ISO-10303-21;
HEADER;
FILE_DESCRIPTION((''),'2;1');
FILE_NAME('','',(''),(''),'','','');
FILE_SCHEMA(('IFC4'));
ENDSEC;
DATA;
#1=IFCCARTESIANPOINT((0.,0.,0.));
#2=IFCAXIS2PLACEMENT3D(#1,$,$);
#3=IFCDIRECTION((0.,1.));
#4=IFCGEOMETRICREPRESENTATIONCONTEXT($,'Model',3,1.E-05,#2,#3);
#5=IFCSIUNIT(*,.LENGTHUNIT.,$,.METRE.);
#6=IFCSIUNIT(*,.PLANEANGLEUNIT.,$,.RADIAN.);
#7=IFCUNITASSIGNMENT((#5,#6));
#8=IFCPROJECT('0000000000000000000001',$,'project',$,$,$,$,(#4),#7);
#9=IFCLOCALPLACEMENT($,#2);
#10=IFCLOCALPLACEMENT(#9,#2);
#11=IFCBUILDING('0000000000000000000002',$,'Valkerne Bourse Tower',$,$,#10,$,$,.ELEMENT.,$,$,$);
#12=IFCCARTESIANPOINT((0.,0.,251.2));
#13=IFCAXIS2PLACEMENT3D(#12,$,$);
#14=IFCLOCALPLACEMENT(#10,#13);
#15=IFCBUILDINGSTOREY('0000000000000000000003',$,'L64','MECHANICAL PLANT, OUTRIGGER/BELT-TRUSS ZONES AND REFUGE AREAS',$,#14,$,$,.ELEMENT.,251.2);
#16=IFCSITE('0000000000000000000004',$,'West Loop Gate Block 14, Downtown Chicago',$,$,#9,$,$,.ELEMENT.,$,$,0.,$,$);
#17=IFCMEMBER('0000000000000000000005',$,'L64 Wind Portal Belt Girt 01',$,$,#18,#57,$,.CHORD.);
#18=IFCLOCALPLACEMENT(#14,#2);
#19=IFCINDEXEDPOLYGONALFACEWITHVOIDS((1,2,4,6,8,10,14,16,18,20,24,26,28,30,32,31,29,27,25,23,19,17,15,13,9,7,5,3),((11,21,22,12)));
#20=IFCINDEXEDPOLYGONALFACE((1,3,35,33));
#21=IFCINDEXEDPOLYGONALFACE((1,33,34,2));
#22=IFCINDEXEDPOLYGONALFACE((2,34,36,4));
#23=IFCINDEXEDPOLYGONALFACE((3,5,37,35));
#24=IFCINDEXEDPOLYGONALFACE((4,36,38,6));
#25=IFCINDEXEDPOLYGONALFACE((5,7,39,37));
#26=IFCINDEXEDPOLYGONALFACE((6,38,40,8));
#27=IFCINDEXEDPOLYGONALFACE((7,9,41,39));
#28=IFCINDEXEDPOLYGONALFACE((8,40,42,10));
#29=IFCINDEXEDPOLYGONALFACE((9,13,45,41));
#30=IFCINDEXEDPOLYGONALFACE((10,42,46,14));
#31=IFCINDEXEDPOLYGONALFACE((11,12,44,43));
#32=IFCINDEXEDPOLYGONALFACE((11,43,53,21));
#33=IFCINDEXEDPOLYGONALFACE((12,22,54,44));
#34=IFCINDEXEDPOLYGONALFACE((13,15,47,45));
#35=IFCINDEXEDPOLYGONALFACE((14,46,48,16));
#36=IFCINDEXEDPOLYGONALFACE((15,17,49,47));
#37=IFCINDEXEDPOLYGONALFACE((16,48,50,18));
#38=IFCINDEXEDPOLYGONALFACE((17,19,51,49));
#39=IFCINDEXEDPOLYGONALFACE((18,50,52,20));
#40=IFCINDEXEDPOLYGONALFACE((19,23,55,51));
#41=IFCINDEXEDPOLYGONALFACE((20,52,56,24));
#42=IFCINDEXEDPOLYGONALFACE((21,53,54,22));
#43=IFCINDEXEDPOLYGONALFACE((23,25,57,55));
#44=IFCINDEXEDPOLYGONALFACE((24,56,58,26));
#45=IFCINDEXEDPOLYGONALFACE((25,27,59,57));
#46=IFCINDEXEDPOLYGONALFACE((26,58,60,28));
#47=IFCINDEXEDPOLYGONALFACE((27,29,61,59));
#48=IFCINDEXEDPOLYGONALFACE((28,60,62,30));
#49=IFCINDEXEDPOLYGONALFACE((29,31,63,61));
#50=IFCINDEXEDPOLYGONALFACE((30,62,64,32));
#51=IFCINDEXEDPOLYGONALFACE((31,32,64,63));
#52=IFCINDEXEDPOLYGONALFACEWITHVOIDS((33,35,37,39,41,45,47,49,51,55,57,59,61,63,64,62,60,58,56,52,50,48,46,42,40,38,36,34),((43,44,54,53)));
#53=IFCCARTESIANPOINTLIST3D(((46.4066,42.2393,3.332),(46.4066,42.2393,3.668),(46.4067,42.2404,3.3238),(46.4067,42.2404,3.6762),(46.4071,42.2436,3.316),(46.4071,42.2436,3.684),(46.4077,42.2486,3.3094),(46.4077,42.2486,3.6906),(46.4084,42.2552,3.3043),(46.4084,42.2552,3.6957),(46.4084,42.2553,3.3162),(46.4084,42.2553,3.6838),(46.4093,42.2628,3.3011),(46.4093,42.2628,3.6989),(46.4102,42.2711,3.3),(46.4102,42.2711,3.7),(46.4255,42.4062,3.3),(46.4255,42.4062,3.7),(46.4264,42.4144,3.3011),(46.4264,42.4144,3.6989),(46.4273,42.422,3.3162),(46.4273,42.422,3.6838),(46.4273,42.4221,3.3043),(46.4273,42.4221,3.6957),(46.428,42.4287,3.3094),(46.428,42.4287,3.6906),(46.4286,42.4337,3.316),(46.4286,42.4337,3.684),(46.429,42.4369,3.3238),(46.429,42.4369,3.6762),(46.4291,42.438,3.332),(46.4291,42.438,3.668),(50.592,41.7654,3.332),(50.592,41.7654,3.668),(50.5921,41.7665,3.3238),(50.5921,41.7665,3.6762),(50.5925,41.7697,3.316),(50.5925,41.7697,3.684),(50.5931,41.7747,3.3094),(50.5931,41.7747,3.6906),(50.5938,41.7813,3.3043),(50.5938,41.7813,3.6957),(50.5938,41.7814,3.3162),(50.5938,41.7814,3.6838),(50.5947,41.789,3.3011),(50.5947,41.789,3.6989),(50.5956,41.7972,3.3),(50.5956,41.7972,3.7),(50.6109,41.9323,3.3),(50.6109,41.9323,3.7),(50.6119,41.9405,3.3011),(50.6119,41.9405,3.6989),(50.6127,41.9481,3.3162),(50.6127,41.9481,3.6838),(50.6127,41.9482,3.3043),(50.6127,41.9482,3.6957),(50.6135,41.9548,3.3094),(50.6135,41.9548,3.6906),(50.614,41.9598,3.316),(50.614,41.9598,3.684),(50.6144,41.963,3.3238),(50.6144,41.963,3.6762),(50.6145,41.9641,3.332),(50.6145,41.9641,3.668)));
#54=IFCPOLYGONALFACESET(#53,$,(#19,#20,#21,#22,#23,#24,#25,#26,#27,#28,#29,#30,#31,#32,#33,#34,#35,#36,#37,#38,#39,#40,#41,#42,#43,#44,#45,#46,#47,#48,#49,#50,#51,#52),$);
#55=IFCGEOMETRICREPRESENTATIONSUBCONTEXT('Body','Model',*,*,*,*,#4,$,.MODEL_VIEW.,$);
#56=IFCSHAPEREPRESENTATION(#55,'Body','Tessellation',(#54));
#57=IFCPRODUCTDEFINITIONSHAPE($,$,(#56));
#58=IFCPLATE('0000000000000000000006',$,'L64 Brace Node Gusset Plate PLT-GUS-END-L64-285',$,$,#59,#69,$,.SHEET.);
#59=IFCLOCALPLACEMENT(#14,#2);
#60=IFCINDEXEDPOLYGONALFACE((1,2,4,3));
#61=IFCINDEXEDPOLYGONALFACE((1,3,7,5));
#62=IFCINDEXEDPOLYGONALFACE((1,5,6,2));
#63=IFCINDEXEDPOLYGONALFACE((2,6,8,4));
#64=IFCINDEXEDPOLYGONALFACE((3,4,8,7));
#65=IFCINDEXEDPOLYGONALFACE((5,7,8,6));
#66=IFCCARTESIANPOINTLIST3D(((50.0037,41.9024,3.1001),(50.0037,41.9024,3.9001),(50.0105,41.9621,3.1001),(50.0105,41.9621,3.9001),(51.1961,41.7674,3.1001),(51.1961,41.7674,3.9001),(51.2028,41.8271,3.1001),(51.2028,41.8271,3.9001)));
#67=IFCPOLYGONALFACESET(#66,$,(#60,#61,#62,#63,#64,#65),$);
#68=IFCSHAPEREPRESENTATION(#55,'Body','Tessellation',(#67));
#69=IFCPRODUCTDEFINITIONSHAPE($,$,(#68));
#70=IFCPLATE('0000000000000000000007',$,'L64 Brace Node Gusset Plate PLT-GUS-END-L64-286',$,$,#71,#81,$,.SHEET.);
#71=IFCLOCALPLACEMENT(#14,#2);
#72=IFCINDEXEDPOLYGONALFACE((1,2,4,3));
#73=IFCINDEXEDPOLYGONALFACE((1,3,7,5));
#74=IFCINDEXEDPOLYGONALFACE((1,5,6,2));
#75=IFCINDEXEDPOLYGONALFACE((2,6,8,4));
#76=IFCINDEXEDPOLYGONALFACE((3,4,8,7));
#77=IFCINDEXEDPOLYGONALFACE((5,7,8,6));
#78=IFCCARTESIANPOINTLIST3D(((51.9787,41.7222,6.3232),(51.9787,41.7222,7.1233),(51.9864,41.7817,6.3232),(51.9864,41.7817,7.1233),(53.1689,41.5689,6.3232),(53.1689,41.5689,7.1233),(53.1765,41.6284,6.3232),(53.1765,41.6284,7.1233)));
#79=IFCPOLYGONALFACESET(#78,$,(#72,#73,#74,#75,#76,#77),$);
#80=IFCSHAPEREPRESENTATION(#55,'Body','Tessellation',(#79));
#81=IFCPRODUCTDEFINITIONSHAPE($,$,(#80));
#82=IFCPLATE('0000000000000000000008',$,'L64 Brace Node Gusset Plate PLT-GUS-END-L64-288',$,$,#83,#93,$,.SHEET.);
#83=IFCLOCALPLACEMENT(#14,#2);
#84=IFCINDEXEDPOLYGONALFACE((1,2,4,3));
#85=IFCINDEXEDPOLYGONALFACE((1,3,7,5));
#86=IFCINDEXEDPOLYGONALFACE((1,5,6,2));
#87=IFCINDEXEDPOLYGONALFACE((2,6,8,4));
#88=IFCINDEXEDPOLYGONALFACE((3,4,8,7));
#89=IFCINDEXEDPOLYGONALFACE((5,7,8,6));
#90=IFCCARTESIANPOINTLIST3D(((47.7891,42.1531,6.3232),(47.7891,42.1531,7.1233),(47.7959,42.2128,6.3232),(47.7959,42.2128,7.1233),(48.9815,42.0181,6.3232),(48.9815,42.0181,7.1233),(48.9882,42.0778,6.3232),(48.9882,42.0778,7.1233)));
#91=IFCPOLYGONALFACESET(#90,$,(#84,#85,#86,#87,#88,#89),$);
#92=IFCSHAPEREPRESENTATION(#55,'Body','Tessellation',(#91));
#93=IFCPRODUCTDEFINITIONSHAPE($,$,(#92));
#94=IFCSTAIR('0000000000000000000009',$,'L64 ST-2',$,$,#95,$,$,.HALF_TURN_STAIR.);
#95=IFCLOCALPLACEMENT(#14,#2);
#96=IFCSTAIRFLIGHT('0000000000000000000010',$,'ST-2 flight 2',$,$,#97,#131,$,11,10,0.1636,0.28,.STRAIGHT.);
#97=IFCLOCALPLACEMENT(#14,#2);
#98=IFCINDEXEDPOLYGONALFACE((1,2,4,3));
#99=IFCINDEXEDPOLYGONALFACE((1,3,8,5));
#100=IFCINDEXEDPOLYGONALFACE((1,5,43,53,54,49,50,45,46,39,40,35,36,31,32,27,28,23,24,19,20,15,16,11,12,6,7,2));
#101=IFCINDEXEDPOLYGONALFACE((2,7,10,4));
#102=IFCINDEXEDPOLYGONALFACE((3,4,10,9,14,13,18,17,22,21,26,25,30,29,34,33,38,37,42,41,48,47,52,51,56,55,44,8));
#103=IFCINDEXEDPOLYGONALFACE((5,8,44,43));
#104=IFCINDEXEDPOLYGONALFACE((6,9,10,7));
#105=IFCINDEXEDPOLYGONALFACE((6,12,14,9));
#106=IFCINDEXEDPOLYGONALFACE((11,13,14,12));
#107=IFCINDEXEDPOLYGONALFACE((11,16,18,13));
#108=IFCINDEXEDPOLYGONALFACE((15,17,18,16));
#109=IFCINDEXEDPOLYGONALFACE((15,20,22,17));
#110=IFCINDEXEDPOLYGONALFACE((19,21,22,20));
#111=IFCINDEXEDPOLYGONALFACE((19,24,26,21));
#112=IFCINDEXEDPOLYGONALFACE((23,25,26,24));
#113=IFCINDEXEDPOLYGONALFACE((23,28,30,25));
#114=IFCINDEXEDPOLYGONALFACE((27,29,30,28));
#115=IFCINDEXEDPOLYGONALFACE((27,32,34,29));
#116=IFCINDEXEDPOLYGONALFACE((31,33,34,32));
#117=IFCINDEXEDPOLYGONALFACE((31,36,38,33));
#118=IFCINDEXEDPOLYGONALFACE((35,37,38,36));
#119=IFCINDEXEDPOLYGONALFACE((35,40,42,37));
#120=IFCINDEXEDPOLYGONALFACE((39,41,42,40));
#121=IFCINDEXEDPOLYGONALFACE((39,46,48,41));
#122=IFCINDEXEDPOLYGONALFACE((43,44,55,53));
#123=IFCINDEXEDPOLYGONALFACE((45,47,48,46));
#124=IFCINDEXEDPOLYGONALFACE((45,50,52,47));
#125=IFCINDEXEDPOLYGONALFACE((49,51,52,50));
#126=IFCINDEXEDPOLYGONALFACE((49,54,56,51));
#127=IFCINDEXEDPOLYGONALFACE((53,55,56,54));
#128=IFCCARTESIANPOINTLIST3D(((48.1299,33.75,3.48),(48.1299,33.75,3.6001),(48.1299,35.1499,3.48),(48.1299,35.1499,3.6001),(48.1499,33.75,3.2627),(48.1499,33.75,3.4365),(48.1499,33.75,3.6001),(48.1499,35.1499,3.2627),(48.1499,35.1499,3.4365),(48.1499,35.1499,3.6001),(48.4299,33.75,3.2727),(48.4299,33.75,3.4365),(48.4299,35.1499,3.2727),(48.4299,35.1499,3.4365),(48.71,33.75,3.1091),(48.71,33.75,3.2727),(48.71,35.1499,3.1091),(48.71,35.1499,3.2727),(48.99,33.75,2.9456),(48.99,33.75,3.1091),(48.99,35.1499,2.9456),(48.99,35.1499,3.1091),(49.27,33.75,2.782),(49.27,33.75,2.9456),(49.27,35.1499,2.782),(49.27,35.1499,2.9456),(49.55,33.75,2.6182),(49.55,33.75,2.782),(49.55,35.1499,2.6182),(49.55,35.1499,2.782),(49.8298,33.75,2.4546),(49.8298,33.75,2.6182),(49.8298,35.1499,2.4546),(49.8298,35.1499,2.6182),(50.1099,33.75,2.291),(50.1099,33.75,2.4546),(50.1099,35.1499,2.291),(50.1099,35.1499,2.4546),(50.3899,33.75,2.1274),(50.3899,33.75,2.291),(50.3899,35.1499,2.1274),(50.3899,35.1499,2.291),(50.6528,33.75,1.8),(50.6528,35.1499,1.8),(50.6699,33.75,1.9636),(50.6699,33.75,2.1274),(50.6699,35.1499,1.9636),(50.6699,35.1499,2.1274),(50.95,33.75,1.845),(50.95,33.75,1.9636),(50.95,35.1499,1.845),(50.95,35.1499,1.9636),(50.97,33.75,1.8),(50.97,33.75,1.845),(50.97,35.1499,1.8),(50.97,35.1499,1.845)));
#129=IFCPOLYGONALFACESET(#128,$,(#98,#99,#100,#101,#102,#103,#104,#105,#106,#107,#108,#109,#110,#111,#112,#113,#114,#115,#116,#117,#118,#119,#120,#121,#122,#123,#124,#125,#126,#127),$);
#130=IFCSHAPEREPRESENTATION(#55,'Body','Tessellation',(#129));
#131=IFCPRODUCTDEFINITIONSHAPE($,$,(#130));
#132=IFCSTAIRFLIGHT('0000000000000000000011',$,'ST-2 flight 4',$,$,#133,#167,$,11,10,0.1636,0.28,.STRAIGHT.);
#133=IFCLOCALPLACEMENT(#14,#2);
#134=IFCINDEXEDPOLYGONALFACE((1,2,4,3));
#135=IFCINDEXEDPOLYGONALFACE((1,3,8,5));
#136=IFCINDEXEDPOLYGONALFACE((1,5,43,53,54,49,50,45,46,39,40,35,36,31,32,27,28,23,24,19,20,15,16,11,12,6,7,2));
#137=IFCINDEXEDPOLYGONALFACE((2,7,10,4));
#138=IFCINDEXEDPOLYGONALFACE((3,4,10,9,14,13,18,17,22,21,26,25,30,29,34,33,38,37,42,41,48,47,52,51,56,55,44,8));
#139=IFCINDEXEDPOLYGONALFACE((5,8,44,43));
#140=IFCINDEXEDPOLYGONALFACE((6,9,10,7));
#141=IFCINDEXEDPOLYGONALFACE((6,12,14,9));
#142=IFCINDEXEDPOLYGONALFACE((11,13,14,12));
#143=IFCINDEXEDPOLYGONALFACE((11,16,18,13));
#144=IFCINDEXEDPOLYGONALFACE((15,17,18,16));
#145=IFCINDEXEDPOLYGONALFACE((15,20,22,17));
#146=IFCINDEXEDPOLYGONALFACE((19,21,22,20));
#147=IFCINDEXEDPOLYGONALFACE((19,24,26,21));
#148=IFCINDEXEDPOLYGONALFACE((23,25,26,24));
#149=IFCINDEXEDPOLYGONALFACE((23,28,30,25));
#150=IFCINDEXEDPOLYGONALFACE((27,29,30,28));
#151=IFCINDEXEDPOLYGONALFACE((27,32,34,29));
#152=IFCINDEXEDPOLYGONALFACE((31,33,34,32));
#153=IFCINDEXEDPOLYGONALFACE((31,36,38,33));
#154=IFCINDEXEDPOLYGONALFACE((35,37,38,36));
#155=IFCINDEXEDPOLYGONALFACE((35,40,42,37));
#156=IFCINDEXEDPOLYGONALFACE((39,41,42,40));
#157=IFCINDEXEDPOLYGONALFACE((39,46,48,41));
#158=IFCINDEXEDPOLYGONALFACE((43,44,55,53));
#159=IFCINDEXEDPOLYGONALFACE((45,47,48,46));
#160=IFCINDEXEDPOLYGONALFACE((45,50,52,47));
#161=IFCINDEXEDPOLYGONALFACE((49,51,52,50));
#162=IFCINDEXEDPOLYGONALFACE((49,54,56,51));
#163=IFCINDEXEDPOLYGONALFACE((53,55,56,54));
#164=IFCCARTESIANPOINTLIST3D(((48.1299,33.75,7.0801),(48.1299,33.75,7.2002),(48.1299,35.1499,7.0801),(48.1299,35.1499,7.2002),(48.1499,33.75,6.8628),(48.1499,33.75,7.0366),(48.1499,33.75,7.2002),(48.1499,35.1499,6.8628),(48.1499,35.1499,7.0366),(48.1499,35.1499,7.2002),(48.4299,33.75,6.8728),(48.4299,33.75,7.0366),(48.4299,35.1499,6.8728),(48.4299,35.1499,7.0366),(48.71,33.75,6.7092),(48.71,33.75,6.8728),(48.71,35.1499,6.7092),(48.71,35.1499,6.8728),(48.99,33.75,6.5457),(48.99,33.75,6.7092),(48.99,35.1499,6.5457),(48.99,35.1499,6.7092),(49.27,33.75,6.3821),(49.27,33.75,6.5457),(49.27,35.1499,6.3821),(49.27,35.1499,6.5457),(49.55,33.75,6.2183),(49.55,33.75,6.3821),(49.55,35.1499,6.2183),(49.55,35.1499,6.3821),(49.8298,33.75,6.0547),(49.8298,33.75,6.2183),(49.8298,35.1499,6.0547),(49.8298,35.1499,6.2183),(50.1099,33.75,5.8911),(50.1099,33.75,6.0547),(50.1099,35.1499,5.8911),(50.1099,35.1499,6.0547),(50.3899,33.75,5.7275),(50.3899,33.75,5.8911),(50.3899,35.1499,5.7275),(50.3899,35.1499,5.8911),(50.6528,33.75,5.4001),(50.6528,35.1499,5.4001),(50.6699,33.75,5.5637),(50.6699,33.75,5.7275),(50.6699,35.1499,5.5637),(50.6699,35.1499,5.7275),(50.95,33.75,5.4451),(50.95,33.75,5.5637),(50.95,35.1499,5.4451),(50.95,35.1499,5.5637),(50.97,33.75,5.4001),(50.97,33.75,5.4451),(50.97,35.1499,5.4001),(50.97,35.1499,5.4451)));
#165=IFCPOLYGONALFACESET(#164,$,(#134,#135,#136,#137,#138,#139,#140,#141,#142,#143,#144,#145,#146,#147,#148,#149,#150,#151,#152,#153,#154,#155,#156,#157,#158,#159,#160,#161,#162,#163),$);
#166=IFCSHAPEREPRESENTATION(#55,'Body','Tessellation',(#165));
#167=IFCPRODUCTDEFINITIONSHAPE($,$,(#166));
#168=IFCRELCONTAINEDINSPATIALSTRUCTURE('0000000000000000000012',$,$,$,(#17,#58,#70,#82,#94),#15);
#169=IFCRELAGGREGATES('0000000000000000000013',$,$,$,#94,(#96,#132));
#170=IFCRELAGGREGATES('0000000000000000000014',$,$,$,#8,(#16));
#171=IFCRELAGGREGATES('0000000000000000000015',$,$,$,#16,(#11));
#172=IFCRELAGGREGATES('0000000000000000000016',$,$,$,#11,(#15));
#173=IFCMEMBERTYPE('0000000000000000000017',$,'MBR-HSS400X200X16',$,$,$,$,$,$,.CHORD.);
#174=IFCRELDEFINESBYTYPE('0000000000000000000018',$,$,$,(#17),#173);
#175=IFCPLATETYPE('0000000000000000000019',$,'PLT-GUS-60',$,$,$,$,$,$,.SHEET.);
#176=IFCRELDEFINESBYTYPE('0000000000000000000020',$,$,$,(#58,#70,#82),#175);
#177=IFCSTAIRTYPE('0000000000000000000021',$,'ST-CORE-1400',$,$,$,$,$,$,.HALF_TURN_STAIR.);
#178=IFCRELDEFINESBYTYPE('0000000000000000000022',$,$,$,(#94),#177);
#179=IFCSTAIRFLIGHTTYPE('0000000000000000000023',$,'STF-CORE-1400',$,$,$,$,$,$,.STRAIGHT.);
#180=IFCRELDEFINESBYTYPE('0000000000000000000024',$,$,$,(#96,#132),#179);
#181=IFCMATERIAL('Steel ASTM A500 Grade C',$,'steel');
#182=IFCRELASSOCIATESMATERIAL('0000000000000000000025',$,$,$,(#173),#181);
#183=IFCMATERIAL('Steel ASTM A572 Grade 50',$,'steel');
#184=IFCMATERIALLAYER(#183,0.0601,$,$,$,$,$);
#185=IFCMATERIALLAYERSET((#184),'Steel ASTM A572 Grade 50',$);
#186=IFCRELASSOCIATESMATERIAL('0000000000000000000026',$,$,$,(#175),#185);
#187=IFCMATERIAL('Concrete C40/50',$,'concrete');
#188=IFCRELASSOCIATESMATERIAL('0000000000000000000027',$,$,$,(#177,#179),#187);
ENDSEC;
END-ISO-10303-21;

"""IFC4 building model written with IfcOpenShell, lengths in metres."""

from ifc_helpers import new_model, si_unit, direction, frame, origin, origin_2d, place, context, subcontext, project, spatial, polyline, rectangle, hollow_rectangle, outline, extrude, material, layer, layer_set, material_profile, profile_set, type_object, element, aggregate, save


model = new_model("IFC4")

# Units and contexts
model_context = context("Model", 3, precision=1e-05, world=origin(), true_north=direction((0.0, 1.0)))
body_context = subcontext(model_context, "Body", "Model", "MODEL_VIEW")
ifc_project = project(units=[si_unit("LENGTHUNIT", "METRE"), si_unit("PLANEANGLEUNIT", "RADIAN")], contexts=[model_context])

# Site, building, storey
site_placement = place(None, origin())
site = spatial("IfcSite", under=ifc_project, at=site_placement, Name="West Loop Gate Block 14, Downtown Chicago", CompositionType="ELEMENT", RefElevation=0.0)
building_placement = place(site_placement, origin())
building = spatial("IfcBuilding", under=site, at=building_placement, Name="Valkerne Bourse Tower", CompositionType="ELEMENT")
storey_placement = place(building_placement, frame((0.0, 0.0, 251.2)))
storey = spatial("IfcBuildingStorey", under=building, at=storey_placement, Name="L64", Description="MECHANICAL PLANT, OUTRIGGER/BELT-TRUSS ZONES AND REFUGE AREAS", CompositionType="ELEMENT", Elevation=251.2)

# Member
ifc_material_1 = material(Name="Steel ASTM A500 Grade C", Category="steel")
ifc_material_profile_1 = material_profile(ifc_material_1, hollow_rectangle(XDim=0.2, YDim=0.3999, WallThickness=0.0161, OuterFilletRadius=0.032, at=origin_2d()), Name="HSS400X200X16")
ifc_profile_set_1 = profile_set([ifc_material_profile_1], Name="Steel ASTM A500 Grade C")
member_type_1 = type_object("IfcMemberType", Name="MBR-HSS400X200X16", PredefinedType="CHORD", material=ifc_profile_set_1)
member_1_placement = place(storey_placement, frame((50.6033, 41.8647, 3.5), z_axis=(-0.993651, 0.112505, 0.0), x_axis=(-0.112505, -0.993651, 0.0)))
element("IfcMember", 1, at=member_1_placement, inside=storey, type_object=member_type_1, Name="L64 Wind Portal Belt Girt 01", PredefinedType="CHORD", context=body_context, shape_type="SweptSolid", body=[
    extrude(hollow_rectangle(XDim=0.2, YDim=0.3999, WallThickness=0.0161, OuterFilletRadius=0.032, at=origin_2d()), origin(), (0.0, 0.0, 1.0), 4.2122),
])

# Plates
ifc_material_2 = material(Name="Steel ASTM A572 Grade 50", Category="steel")
ifc_layer = layer(ifc_material_2, 0.0601)
ifc_layer_set = layer_set([ifc_layer], Name="Steel ASTM A572 Grade 50")
plate_type = type_object("IfcPlateType", Name="PLT-GUS-60", PredefinedType="SHEET", material=ifc_layer_set)
for number, where, z_axis, x_axis, name in (
    (2, (50.6033, 41.8647, 3.1001), (0.0, 0.0, 1.0), (-0.993651, 0.11251, 0.0), "L64 Brace Node Gusset Plate PLT-GUS-END-L64-285"),
    (3, (52.5776, 41.6753, 6.3232), (0.0, 0.0, 1.0), (-0.991805, 0.127757, 0.0), "L64 Brace Node Gusset Plate PLT-GUS-END-L64-286"),
    (4, (48.3887, 42.1155, 6.3232), (0.0, 0.0, 1.0), (-0.993651, 0.11251, 0.0), "L64 Brace Node Gusset Plate PLT-GUS-END-L64-288"),
):
    element("IfcPlate", number, at=place(storey_placement, frame(where, z_axis=z_axis, x_axis=x_axis)), inside=storey, type_object=plate_type, Name=name, PredefinedType="SHEET", context=body_context, shape_type="SweptSolid", body=[
        extrude(rectangle(XDim=1.2, YDim=0.0601, at=origin_2d()), origin(), (0.0, 0.0, 1.0), 0.8),
    ])

# Stair, stair flights
ifc_material_3 = material(Name="Concrete C40/50", Category="concrete")
stair_type = type_object("IfcStairType", Name="ST-CORE-1400", PredefinedType="HALF_TURN_STAIR", material=ifc_material_3)
stair_placement = place(storey_placement, origin())
stair = element("IfcStair", 5, at=stair_placement, inside=storey, type_object=stair_type, Name="L64 ST-2", PredefinedType="HALF_TURN_STAIR")
stair_flight_type = type_object("IfcStairFlightType", Name="STF-CORE-1400", PredefinedType="STRAIGHT", material=ifc_material_3)
stair_flight_1_placement = place(storey_placement, frame((50.95, 34.45, 1.8), z_axis=(0.0, 0.0, 1.0), x_axis=(-1.0, 0.0, 0.0)))
stair_flight_1 = element("IfcStairFlight", 6, at=stair_flight_1_placement, type_object=stair_flight_type, Name="ST-2 flight 2", NumberOfRisers=11, NumberOfTreads=10, PredefinedType="STRAIGHT", RiserHeight=0.1636, TreadLength=0.28, context=body_context, shape_type="SweptSolid", body=[
    extrude(outline(polyline([(-0.02, 0.0), (-0.02, 0.0449), (0.0, 0.0449), (0.0, 0.1636), (0.28, 0.1636), (0.28, 0.3274), (0.5601, 0.3274), (0.5601, 0.491), (0.8401, 0.491), (0.8401, 0.6545), (1.1201, 0.6545), (1.1201, 0.8181), (1.3999, 0.8181), (1.3999, 0.9819), (1.6799, 0.9819), (1.6799, 1.1455), (1.96, 1.1455), (1.96, 1.3091), (2.24, 1.3091), (2.24, 1.4727), (2.52, 1.4727), (2.52, 1.6365), (2.8, 1.6365), (2.8, 1.8), (2.8201, 1.8), (2.8201, 1.6799), (2.8, 1.4626), (0.2971, 0.0), (-0.02, 0.0)])), frame((0.0, 0.7, 0.0), z_axis=(0.0, -1.0, 0.0), x_axis=(1.0, 0.0, 0.0)), (0.0, 0.0, 1.0), 1.3999),
])
stair_flight_2_placement = place(storey_placement, frame((50.95, 34.45, 5.4001), z_axis=(0.0, 0.0, 1.0), x_axis=(-1.0, 0.0, 0.0)))
stair_flight_2 = element("IfcStairFlight", 7, at=stair_flight_2_placement, type_object=stair_flight_type, Name="ST-2 flight 4", NumberOfRisers=11, NumberOfTreads=10, PredefinedType="STRAIGHT", RiserHeight=0.1636, TreadLength=0.28, context=body_context, shape_type="SweptSolid", body=[
    extrude(outline(polyline([(-0.02, 0.0), (-0.02, 0.0449), (0.0, 0.0449), (0.0, 0.1636), (0.28, 0.1636), (0.28, 0.3274), (0.5601, 0.3274), (0.5601, 0.491), (0.8401, 0.491), (0.8401, 0.6545), (1.1201, 0.6545), (1.1201, 0.8181), (1.3999, 0.8181), (1.3999, 0.9819), (1.6799, 0.9819), (1.6799, 1.1455), (1.96, 1.1455), (1.96, 1.3091), (2.24, 1.3091), (2.24, 1.4727), (2.52, 1.4727), (2.52, 1.6365), (2.8, 1.6365), (2.8, 1.8), (2.8201, 1.8), (2.8201, 1.6799), (2.8, 1.4626), (0.2971, 0.0), (-0.02, 0.0)])), frame((0.0, 0.7, 0.0), z_axis=(0.0, -1.0, 0.0), x_axis=(1.0, 0.0, 0.0)), (0.0, 0.0, 1.0), 1.3999),
])
aggregate(stair, [stair_flight_1, stair_flight_2])

save(model, "model.ifc")
